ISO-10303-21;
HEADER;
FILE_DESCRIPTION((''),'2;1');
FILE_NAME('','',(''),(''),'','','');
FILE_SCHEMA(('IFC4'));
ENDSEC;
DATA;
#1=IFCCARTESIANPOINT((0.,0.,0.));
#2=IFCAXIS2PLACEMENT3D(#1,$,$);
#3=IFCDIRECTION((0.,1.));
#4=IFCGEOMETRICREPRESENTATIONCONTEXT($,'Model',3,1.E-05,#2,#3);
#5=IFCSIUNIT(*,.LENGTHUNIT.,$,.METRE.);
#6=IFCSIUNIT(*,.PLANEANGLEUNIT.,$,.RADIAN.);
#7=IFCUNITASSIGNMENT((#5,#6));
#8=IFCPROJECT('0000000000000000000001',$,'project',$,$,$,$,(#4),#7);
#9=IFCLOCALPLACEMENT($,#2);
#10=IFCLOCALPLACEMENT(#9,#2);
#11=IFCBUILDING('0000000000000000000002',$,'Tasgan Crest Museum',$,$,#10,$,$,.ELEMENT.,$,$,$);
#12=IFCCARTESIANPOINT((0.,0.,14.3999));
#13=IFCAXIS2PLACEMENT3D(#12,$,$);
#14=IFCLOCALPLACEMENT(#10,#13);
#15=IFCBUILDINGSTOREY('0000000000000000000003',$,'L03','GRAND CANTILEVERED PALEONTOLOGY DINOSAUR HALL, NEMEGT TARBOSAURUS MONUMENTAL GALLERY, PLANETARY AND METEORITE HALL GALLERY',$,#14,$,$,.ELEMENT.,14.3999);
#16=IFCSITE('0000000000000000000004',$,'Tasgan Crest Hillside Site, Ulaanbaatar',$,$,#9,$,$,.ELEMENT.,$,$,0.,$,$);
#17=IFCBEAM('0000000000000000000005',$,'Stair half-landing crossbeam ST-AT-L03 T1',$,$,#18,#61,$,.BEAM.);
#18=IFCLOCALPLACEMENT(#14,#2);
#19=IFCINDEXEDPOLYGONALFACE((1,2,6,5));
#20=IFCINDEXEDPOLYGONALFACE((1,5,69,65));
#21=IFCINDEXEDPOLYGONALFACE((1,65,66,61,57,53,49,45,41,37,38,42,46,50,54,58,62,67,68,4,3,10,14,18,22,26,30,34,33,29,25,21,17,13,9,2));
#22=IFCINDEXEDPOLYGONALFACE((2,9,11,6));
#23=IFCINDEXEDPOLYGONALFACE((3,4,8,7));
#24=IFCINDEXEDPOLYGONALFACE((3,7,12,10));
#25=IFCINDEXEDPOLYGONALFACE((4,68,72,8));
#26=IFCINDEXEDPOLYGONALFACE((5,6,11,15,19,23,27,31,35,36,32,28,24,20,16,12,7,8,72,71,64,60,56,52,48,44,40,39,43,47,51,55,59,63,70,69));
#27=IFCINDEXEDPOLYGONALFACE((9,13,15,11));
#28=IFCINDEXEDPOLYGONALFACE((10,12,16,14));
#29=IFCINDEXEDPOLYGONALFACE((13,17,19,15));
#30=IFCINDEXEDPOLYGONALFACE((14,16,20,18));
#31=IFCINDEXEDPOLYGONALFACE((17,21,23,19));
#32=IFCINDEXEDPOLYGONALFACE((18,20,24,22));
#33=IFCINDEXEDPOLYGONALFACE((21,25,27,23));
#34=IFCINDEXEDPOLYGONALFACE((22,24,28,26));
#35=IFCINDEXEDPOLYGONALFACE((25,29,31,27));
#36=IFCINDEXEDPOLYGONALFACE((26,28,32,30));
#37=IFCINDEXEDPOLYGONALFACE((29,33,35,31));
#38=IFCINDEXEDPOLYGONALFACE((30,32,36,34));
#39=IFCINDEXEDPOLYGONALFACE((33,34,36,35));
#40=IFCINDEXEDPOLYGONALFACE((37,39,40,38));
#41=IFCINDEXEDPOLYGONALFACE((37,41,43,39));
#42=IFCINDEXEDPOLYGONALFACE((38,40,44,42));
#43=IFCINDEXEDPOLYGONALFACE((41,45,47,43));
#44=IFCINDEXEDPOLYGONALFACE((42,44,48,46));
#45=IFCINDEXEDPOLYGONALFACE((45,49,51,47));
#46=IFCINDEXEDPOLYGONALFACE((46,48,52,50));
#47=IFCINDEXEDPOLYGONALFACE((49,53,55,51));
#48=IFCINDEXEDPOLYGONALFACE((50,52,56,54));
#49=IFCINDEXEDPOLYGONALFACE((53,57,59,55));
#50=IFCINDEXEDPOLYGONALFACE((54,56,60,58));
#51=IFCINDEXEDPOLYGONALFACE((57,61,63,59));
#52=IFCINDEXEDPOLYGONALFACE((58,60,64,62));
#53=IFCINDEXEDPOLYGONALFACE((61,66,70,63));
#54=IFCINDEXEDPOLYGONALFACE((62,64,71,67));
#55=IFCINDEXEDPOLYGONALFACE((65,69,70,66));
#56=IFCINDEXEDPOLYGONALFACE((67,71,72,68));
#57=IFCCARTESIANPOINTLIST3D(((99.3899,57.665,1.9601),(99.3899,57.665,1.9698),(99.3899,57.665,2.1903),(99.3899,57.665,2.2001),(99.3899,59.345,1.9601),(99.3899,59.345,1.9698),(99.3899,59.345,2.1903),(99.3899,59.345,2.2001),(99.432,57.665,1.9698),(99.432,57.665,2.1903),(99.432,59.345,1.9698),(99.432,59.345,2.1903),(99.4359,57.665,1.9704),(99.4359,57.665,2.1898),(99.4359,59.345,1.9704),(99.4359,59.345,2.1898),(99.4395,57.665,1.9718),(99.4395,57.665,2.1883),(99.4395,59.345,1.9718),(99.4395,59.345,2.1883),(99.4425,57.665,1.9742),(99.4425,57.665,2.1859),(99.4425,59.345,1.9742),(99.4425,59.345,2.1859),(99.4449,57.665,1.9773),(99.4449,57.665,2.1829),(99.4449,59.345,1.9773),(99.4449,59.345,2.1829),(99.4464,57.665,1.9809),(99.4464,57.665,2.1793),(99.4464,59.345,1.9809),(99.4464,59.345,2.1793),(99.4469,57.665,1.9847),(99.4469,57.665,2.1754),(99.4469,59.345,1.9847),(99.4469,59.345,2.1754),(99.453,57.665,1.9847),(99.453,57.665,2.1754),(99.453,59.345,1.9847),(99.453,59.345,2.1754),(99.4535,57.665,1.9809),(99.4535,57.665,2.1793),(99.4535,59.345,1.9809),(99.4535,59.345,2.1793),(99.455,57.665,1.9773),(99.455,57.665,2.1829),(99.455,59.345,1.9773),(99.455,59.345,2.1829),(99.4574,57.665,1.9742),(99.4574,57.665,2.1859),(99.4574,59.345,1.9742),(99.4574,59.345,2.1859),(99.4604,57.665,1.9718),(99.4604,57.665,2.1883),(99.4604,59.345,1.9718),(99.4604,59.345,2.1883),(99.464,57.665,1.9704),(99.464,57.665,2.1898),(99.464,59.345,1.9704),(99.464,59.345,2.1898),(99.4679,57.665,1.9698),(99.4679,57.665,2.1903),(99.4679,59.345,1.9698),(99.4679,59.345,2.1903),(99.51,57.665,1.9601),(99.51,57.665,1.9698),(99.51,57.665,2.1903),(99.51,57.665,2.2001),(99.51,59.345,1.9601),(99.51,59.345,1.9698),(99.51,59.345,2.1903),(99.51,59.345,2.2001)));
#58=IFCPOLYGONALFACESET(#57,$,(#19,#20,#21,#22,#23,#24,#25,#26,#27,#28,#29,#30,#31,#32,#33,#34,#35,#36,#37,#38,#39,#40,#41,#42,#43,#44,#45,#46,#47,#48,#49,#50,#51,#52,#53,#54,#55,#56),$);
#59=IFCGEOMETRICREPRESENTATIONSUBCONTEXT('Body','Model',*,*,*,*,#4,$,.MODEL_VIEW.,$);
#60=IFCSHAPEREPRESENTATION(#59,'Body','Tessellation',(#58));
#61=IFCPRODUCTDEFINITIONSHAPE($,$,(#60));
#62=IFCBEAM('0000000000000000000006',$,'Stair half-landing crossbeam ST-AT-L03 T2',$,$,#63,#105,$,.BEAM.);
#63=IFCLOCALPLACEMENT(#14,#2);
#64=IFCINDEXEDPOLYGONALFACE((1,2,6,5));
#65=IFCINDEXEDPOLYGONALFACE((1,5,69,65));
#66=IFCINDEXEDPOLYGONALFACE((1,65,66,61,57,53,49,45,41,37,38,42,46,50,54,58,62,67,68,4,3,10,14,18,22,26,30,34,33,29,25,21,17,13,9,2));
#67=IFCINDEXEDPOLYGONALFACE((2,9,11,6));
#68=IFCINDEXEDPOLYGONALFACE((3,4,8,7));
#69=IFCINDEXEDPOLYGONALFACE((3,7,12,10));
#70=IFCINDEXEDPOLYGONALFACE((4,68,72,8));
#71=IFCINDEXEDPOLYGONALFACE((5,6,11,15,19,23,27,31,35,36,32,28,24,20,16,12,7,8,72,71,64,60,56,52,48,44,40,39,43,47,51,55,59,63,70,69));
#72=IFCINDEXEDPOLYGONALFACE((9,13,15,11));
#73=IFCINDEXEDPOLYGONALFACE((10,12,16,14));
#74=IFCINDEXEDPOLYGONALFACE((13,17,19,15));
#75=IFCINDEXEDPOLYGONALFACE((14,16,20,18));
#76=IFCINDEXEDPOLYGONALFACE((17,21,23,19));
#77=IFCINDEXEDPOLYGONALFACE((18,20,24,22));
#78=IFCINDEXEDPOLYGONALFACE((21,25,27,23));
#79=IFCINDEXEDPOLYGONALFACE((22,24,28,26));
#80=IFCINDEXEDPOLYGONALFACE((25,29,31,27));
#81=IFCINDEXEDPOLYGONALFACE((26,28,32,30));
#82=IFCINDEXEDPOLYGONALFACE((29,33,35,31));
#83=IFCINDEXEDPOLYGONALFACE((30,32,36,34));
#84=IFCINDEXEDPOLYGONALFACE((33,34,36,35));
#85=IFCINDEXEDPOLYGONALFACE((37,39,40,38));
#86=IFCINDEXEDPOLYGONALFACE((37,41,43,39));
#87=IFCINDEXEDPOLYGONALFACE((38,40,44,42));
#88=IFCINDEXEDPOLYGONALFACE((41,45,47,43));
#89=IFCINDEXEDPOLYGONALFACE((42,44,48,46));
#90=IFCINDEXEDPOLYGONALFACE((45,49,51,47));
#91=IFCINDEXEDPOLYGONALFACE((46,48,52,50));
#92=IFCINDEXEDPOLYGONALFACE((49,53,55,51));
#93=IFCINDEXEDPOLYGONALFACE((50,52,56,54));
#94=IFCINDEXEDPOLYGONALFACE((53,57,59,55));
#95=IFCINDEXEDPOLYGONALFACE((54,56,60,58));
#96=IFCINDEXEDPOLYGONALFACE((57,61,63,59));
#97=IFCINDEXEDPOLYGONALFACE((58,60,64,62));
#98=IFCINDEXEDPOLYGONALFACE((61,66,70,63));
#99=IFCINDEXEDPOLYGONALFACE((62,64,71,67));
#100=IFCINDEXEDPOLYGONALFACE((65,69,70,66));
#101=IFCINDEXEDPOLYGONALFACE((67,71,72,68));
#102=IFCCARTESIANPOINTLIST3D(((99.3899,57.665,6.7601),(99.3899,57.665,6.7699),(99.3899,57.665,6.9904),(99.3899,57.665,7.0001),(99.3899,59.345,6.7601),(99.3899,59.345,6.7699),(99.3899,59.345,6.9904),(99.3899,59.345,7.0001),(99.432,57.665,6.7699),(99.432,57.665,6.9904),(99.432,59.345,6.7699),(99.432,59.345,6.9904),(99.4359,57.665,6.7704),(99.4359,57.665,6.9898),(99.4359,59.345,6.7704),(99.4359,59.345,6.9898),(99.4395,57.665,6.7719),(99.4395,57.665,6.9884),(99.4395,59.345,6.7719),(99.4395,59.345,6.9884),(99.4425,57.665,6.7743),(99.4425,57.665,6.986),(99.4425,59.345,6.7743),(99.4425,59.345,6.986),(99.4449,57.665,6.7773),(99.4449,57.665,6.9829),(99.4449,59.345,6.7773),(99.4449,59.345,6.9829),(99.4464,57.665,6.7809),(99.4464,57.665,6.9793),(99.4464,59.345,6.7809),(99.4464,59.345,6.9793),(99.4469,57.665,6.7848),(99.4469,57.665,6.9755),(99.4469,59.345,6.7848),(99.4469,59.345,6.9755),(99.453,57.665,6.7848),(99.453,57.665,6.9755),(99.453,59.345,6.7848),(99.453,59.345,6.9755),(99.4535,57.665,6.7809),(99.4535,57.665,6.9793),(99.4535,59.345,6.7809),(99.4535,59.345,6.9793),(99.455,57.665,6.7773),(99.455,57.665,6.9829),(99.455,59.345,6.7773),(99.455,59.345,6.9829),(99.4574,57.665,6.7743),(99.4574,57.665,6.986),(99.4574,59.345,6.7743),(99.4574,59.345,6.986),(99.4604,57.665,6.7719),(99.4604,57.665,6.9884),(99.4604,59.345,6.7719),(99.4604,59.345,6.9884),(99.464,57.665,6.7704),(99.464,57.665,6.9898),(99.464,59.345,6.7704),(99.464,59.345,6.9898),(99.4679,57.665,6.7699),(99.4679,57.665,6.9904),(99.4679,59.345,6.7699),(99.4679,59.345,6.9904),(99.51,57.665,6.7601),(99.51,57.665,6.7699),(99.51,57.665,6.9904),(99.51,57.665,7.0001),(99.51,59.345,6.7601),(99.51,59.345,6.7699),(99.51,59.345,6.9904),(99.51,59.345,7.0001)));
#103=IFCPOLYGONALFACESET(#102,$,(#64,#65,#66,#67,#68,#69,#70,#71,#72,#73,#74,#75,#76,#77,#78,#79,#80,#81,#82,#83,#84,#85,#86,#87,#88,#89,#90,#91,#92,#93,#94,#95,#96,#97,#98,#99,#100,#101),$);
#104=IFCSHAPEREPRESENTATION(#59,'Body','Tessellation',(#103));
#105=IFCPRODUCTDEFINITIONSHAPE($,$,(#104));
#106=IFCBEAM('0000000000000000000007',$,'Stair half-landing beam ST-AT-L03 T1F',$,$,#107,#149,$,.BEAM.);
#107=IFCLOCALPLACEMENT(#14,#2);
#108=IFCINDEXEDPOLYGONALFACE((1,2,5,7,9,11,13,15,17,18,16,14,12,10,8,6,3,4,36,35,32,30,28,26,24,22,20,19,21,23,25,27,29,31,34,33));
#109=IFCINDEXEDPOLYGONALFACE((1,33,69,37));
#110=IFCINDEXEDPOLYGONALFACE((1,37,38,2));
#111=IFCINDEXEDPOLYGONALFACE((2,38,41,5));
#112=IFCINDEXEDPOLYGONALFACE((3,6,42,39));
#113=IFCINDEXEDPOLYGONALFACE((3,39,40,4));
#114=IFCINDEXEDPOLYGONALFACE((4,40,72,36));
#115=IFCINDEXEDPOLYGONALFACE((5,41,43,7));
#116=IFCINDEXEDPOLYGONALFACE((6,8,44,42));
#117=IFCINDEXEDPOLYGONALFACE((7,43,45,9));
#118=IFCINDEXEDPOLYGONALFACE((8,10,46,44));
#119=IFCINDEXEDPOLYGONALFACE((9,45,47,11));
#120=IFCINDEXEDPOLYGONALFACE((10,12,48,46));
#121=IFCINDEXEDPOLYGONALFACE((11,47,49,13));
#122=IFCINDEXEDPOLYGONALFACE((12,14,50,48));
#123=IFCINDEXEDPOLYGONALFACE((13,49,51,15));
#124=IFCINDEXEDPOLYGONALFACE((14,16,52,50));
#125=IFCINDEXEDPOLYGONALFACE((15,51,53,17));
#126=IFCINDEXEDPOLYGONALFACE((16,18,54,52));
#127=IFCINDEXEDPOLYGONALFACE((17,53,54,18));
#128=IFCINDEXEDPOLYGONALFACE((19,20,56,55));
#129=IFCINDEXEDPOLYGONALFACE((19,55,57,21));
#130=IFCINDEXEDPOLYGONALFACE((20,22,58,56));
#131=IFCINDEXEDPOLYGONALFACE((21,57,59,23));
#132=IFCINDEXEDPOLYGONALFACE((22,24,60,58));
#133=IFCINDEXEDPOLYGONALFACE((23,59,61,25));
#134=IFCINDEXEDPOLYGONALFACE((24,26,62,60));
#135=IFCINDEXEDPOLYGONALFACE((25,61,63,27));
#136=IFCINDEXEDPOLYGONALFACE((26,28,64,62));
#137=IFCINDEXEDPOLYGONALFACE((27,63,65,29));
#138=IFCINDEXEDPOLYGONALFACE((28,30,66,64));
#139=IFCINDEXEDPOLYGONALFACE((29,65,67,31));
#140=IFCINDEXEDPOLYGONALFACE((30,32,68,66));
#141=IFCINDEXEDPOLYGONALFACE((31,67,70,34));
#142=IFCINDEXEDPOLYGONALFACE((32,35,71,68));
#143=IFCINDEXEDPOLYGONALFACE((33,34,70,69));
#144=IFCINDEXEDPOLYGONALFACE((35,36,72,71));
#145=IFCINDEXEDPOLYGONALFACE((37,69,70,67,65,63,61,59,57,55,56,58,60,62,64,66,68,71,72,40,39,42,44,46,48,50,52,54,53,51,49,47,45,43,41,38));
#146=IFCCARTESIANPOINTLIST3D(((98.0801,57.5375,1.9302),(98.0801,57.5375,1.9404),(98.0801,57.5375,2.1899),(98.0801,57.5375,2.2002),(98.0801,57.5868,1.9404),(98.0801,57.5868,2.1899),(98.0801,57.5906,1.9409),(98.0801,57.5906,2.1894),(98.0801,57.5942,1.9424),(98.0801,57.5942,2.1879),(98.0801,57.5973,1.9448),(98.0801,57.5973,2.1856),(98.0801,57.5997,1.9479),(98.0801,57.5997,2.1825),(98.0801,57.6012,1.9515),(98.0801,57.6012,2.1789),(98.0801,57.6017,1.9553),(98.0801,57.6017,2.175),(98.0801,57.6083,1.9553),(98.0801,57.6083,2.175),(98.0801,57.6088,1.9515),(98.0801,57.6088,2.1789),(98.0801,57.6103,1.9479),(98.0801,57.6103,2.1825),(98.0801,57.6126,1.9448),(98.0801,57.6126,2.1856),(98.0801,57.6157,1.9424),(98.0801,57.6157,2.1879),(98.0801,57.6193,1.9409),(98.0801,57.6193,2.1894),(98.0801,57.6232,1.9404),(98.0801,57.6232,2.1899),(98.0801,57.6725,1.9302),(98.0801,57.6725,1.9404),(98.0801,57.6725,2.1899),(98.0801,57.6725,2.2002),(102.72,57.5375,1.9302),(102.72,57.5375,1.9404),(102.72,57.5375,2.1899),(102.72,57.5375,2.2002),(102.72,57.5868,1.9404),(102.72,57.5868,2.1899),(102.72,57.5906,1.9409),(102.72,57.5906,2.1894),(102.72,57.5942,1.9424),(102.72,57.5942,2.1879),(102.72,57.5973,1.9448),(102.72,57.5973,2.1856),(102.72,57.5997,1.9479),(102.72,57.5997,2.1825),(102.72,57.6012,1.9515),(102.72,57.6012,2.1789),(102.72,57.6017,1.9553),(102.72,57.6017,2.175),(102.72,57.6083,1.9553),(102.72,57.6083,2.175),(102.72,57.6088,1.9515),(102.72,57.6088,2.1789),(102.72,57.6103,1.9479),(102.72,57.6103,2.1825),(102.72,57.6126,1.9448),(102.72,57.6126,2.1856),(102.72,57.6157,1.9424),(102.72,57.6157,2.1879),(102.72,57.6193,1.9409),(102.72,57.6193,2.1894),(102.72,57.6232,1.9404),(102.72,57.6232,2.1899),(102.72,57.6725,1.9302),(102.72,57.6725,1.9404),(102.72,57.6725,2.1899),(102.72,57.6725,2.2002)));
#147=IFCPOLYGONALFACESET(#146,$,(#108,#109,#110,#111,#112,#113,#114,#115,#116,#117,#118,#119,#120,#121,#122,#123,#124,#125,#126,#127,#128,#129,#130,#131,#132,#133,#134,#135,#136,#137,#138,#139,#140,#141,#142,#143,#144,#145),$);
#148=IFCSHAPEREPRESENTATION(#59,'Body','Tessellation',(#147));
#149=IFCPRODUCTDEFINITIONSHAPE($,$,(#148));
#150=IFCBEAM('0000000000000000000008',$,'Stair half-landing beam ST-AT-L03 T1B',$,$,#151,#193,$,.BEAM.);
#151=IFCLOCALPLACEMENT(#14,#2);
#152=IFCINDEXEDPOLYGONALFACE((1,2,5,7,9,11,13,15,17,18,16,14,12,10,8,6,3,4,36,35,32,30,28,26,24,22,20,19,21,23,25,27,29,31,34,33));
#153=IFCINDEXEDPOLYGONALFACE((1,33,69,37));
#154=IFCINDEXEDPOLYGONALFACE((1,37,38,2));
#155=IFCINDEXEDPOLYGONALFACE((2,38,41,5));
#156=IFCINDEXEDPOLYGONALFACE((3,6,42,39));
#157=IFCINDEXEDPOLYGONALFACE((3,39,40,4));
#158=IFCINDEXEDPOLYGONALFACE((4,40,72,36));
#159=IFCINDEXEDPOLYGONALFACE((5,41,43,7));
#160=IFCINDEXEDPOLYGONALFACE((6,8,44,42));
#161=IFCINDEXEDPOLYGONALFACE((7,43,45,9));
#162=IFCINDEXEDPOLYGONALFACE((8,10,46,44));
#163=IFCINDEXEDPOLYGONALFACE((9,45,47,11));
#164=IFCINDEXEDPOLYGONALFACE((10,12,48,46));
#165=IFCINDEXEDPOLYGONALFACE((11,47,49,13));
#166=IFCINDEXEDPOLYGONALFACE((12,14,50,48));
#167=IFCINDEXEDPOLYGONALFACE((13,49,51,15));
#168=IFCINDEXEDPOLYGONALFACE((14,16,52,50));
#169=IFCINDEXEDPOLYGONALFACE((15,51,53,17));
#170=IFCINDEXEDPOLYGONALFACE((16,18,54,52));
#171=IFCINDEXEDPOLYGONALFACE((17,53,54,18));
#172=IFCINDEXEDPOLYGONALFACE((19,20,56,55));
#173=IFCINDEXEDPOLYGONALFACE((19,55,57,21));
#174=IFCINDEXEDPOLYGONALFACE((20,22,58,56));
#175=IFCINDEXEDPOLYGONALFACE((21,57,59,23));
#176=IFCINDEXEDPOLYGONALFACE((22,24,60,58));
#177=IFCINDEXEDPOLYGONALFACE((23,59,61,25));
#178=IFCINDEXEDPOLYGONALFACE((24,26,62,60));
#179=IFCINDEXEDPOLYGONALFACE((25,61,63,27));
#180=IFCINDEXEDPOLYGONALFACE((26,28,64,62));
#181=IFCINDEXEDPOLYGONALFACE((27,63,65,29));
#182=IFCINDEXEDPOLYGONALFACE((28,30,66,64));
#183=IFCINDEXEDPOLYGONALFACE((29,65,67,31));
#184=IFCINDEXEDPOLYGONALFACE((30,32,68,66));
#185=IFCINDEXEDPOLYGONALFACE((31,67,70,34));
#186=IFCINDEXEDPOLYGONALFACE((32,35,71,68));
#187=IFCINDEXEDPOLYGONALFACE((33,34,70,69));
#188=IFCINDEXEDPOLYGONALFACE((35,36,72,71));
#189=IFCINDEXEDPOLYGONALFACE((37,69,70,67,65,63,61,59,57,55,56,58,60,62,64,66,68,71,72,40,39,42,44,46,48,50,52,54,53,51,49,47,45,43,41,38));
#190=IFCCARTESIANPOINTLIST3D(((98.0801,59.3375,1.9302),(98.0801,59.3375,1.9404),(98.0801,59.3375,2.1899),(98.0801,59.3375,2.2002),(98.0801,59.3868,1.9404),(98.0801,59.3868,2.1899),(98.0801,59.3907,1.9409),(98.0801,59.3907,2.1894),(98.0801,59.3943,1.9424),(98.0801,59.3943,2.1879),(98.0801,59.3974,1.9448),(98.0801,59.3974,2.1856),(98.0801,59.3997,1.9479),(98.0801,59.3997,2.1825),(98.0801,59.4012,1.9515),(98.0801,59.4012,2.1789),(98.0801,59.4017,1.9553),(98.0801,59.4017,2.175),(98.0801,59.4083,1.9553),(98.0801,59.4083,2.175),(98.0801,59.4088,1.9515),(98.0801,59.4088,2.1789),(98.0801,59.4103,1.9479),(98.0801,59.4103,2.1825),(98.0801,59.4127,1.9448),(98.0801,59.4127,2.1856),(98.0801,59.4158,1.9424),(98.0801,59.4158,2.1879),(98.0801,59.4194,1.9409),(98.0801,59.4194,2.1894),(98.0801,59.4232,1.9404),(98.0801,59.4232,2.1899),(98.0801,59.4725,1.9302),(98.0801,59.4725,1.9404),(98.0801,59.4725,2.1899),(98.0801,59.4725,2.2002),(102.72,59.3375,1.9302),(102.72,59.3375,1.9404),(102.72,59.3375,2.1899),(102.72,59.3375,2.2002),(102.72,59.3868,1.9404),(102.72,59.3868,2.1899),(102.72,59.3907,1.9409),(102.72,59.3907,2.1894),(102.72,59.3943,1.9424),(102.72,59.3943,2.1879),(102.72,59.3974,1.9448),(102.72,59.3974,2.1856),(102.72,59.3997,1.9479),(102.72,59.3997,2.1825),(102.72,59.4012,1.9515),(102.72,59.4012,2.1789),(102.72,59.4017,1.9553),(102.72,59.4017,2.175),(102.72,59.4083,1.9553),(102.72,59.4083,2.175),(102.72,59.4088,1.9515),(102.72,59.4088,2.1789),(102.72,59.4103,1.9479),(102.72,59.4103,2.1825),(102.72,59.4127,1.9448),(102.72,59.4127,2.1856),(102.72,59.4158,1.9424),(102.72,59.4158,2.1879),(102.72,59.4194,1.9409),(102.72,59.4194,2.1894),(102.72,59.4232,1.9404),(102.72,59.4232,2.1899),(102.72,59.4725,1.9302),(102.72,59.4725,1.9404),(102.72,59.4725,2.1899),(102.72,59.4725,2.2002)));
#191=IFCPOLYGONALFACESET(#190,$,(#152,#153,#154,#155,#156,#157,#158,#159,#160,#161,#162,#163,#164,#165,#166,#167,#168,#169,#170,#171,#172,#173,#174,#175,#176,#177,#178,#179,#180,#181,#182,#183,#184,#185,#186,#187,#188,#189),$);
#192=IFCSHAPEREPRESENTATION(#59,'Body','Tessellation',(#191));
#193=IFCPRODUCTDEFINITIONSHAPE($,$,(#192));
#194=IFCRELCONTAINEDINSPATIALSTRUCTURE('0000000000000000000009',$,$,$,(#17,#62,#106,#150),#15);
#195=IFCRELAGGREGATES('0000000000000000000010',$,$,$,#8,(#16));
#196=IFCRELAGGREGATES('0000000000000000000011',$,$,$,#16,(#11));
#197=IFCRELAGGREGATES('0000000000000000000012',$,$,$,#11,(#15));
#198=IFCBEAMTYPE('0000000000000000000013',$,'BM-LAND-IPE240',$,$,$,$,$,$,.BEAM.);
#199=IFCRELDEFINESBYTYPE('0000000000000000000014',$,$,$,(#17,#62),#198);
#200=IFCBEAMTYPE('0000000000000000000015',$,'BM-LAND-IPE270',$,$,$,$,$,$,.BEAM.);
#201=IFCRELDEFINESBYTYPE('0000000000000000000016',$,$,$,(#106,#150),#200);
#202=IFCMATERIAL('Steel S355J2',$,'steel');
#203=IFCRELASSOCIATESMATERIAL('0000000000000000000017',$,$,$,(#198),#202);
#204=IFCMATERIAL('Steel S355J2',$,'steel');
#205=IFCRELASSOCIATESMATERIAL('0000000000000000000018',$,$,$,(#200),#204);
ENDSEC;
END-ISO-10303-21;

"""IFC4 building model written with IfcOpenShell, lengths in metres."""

from ifc_helpers import new_model, si_unit, direction, frame, origin, origin_2d, place, context, subcontext, project, spatial, i_section, extrude, material, material_profile, profile_set, type_object, element, save


model = new_model("IFC4")

# Units and contexts
model_context = context("Model", 3, precision=1e-05, world=origin(), true_north=direction((0.0, 1.0)))
body_context = subcontext(model_context, "Body", "Model", "MODEL_VIEW")
ifc_project = project(units=[si_unit("LENGTHUNIT", "METRE"), si_unit("PLANEANGLEUNIT", "RADIAN")], contexts=[model_context])

# Site, building, storey
site_placement = place(None, origin())
site = spatial("IfcSite", under=ifc_project, at=site_placement, Name="Tasgan Crest Hillside Site, Ulaanbaatar", CompositionType="ELEMENT", RefElevation=0.0)
building_placement = place(site_placement, origin())
building = spatial("IfcBuilding", under=site, at=building_placement, Name="Tasgan Crest Museum", CompositionType="ELEMENT")
storey_placement = place(building_placement, frame((0.0, 0.0, 14.3999)))
storey = spatial("IfcBuildingStorey", under=building, at=storey_placement, Name="L03", Description="GRAND CANTILEVERED PALEONTOLOGY DINOSAUR HALL, NEMEGT TARBOSAURUS MONUMENTAL GALLERY, PLANETARY AND METEORITE HALL GALLERY", CompositionType="ELEMENT", Elevation=14.3999)

# Beams
ifc_material_1 = material(Name="Steel S355J2", Category="steel")
ifc_material_profile_1 = material_profile(ifc_material_1, i_section(OverallWidth=0.1201, OverallDepth=0.24, WebThickness=0.0061, FlangeThickness=0.0098, FilletRadius=0.0149, at=origin_2d()), Name="IPE 240")
ifc_profile_set_1 = profile_set([ifc_material_profile_1], Name="Steel S355J2")
beam_type_1 = type_object("IfcBeamType", Name="BM-LAND-IPE240", PredefinedType="BEAM", material=ifc_profile_set_1)
for number, where, z_axis, x_axis, name in (
    (1, (99.45, 57.665, 2.0801), (0.0, 1.0, 0.0), (-1.0, 0.0, 0.0), "Stair half-landing crossbeam ST-AT-L03 T1"),
    (2, (99.45, 57.665, 6.8801), (0.0, 1.0, 0.0), (-1.0, 0.0, 0.0), "Stair half-landing crossbeam ST-AT-L03 T2"),
):
    element("IfcBeam", number, at=place(storey_placement, frame(where, z_axis=z_axis, x_axis=x_axis)), inside=storey, type_object=beam_type_1, Name=name, PredefinedType="BEAM", context=body_context, shape_type="SweptSolid", body=[
        extrude(i_section(OverallWidth=0.1201, OverallDepth=0.24, WebThickness=0.0061, FlangeThickness=0.0098, FilletRadius=0.0149, at=origin_2d()), origin(), (0.0, 0.0, 1.0), 1.6799),
    ])
ifc_material_2 = material(Name="Steel S355J2", Category="steel")
ifc_material_profile_2 = material_profile(ifc_material_2, i_section(OverallWidth=0.135, OverallDepth=0.27, WebThickness=0.0066, FlangeThickness=0.0103, FilletRadius=0.0149, at=origin_2d()), Name="IPE 270")
ifc_profile_set_2 = profile_set([ifc_material_profile_2], Name="Steel S355J2")
beam_type_2 = type_object("IfcBeamType", Name="BM-LAND-IPE270", PredefinedType="BEAM", material=ifc_profile_set_2)
for number, where, z_axis, x_axis, name in (
    (3, (98.0801, 57.605, 2.0652), (1.0, 0.0, 0.0), (0.0, 1.0, 0.0), "Stair half-landing beam ST-AT-L03 T1F"),
    (4, (98.0801, 59.405, 2.0652), (1.0, 0.0, 0.0), (0.0, 1.0, 0.0), "Stair half-landing beam ST-AT-L03 T1B"),
):
    element("IfcBeam", number, at=place(storey_placement, frame(where, z_axis=z_axis, x_axis=x_axis)), inside=storey, type_object=beam_type_2, Name=name, PredefinedType="BEAM", context=body_context, shape_type="SweptSolid", body=[
        extrude(i_section(OverallWidth=0.135, OverallDepth=0.27, WebThickness=0.0066, FlangeThickness=0.0103, FilletRadius=0.0149, at=origin_2d()), origin(), (0.0, 0.0, 1.0), 4.6399),
    ])

save(model, "model.ifc")
